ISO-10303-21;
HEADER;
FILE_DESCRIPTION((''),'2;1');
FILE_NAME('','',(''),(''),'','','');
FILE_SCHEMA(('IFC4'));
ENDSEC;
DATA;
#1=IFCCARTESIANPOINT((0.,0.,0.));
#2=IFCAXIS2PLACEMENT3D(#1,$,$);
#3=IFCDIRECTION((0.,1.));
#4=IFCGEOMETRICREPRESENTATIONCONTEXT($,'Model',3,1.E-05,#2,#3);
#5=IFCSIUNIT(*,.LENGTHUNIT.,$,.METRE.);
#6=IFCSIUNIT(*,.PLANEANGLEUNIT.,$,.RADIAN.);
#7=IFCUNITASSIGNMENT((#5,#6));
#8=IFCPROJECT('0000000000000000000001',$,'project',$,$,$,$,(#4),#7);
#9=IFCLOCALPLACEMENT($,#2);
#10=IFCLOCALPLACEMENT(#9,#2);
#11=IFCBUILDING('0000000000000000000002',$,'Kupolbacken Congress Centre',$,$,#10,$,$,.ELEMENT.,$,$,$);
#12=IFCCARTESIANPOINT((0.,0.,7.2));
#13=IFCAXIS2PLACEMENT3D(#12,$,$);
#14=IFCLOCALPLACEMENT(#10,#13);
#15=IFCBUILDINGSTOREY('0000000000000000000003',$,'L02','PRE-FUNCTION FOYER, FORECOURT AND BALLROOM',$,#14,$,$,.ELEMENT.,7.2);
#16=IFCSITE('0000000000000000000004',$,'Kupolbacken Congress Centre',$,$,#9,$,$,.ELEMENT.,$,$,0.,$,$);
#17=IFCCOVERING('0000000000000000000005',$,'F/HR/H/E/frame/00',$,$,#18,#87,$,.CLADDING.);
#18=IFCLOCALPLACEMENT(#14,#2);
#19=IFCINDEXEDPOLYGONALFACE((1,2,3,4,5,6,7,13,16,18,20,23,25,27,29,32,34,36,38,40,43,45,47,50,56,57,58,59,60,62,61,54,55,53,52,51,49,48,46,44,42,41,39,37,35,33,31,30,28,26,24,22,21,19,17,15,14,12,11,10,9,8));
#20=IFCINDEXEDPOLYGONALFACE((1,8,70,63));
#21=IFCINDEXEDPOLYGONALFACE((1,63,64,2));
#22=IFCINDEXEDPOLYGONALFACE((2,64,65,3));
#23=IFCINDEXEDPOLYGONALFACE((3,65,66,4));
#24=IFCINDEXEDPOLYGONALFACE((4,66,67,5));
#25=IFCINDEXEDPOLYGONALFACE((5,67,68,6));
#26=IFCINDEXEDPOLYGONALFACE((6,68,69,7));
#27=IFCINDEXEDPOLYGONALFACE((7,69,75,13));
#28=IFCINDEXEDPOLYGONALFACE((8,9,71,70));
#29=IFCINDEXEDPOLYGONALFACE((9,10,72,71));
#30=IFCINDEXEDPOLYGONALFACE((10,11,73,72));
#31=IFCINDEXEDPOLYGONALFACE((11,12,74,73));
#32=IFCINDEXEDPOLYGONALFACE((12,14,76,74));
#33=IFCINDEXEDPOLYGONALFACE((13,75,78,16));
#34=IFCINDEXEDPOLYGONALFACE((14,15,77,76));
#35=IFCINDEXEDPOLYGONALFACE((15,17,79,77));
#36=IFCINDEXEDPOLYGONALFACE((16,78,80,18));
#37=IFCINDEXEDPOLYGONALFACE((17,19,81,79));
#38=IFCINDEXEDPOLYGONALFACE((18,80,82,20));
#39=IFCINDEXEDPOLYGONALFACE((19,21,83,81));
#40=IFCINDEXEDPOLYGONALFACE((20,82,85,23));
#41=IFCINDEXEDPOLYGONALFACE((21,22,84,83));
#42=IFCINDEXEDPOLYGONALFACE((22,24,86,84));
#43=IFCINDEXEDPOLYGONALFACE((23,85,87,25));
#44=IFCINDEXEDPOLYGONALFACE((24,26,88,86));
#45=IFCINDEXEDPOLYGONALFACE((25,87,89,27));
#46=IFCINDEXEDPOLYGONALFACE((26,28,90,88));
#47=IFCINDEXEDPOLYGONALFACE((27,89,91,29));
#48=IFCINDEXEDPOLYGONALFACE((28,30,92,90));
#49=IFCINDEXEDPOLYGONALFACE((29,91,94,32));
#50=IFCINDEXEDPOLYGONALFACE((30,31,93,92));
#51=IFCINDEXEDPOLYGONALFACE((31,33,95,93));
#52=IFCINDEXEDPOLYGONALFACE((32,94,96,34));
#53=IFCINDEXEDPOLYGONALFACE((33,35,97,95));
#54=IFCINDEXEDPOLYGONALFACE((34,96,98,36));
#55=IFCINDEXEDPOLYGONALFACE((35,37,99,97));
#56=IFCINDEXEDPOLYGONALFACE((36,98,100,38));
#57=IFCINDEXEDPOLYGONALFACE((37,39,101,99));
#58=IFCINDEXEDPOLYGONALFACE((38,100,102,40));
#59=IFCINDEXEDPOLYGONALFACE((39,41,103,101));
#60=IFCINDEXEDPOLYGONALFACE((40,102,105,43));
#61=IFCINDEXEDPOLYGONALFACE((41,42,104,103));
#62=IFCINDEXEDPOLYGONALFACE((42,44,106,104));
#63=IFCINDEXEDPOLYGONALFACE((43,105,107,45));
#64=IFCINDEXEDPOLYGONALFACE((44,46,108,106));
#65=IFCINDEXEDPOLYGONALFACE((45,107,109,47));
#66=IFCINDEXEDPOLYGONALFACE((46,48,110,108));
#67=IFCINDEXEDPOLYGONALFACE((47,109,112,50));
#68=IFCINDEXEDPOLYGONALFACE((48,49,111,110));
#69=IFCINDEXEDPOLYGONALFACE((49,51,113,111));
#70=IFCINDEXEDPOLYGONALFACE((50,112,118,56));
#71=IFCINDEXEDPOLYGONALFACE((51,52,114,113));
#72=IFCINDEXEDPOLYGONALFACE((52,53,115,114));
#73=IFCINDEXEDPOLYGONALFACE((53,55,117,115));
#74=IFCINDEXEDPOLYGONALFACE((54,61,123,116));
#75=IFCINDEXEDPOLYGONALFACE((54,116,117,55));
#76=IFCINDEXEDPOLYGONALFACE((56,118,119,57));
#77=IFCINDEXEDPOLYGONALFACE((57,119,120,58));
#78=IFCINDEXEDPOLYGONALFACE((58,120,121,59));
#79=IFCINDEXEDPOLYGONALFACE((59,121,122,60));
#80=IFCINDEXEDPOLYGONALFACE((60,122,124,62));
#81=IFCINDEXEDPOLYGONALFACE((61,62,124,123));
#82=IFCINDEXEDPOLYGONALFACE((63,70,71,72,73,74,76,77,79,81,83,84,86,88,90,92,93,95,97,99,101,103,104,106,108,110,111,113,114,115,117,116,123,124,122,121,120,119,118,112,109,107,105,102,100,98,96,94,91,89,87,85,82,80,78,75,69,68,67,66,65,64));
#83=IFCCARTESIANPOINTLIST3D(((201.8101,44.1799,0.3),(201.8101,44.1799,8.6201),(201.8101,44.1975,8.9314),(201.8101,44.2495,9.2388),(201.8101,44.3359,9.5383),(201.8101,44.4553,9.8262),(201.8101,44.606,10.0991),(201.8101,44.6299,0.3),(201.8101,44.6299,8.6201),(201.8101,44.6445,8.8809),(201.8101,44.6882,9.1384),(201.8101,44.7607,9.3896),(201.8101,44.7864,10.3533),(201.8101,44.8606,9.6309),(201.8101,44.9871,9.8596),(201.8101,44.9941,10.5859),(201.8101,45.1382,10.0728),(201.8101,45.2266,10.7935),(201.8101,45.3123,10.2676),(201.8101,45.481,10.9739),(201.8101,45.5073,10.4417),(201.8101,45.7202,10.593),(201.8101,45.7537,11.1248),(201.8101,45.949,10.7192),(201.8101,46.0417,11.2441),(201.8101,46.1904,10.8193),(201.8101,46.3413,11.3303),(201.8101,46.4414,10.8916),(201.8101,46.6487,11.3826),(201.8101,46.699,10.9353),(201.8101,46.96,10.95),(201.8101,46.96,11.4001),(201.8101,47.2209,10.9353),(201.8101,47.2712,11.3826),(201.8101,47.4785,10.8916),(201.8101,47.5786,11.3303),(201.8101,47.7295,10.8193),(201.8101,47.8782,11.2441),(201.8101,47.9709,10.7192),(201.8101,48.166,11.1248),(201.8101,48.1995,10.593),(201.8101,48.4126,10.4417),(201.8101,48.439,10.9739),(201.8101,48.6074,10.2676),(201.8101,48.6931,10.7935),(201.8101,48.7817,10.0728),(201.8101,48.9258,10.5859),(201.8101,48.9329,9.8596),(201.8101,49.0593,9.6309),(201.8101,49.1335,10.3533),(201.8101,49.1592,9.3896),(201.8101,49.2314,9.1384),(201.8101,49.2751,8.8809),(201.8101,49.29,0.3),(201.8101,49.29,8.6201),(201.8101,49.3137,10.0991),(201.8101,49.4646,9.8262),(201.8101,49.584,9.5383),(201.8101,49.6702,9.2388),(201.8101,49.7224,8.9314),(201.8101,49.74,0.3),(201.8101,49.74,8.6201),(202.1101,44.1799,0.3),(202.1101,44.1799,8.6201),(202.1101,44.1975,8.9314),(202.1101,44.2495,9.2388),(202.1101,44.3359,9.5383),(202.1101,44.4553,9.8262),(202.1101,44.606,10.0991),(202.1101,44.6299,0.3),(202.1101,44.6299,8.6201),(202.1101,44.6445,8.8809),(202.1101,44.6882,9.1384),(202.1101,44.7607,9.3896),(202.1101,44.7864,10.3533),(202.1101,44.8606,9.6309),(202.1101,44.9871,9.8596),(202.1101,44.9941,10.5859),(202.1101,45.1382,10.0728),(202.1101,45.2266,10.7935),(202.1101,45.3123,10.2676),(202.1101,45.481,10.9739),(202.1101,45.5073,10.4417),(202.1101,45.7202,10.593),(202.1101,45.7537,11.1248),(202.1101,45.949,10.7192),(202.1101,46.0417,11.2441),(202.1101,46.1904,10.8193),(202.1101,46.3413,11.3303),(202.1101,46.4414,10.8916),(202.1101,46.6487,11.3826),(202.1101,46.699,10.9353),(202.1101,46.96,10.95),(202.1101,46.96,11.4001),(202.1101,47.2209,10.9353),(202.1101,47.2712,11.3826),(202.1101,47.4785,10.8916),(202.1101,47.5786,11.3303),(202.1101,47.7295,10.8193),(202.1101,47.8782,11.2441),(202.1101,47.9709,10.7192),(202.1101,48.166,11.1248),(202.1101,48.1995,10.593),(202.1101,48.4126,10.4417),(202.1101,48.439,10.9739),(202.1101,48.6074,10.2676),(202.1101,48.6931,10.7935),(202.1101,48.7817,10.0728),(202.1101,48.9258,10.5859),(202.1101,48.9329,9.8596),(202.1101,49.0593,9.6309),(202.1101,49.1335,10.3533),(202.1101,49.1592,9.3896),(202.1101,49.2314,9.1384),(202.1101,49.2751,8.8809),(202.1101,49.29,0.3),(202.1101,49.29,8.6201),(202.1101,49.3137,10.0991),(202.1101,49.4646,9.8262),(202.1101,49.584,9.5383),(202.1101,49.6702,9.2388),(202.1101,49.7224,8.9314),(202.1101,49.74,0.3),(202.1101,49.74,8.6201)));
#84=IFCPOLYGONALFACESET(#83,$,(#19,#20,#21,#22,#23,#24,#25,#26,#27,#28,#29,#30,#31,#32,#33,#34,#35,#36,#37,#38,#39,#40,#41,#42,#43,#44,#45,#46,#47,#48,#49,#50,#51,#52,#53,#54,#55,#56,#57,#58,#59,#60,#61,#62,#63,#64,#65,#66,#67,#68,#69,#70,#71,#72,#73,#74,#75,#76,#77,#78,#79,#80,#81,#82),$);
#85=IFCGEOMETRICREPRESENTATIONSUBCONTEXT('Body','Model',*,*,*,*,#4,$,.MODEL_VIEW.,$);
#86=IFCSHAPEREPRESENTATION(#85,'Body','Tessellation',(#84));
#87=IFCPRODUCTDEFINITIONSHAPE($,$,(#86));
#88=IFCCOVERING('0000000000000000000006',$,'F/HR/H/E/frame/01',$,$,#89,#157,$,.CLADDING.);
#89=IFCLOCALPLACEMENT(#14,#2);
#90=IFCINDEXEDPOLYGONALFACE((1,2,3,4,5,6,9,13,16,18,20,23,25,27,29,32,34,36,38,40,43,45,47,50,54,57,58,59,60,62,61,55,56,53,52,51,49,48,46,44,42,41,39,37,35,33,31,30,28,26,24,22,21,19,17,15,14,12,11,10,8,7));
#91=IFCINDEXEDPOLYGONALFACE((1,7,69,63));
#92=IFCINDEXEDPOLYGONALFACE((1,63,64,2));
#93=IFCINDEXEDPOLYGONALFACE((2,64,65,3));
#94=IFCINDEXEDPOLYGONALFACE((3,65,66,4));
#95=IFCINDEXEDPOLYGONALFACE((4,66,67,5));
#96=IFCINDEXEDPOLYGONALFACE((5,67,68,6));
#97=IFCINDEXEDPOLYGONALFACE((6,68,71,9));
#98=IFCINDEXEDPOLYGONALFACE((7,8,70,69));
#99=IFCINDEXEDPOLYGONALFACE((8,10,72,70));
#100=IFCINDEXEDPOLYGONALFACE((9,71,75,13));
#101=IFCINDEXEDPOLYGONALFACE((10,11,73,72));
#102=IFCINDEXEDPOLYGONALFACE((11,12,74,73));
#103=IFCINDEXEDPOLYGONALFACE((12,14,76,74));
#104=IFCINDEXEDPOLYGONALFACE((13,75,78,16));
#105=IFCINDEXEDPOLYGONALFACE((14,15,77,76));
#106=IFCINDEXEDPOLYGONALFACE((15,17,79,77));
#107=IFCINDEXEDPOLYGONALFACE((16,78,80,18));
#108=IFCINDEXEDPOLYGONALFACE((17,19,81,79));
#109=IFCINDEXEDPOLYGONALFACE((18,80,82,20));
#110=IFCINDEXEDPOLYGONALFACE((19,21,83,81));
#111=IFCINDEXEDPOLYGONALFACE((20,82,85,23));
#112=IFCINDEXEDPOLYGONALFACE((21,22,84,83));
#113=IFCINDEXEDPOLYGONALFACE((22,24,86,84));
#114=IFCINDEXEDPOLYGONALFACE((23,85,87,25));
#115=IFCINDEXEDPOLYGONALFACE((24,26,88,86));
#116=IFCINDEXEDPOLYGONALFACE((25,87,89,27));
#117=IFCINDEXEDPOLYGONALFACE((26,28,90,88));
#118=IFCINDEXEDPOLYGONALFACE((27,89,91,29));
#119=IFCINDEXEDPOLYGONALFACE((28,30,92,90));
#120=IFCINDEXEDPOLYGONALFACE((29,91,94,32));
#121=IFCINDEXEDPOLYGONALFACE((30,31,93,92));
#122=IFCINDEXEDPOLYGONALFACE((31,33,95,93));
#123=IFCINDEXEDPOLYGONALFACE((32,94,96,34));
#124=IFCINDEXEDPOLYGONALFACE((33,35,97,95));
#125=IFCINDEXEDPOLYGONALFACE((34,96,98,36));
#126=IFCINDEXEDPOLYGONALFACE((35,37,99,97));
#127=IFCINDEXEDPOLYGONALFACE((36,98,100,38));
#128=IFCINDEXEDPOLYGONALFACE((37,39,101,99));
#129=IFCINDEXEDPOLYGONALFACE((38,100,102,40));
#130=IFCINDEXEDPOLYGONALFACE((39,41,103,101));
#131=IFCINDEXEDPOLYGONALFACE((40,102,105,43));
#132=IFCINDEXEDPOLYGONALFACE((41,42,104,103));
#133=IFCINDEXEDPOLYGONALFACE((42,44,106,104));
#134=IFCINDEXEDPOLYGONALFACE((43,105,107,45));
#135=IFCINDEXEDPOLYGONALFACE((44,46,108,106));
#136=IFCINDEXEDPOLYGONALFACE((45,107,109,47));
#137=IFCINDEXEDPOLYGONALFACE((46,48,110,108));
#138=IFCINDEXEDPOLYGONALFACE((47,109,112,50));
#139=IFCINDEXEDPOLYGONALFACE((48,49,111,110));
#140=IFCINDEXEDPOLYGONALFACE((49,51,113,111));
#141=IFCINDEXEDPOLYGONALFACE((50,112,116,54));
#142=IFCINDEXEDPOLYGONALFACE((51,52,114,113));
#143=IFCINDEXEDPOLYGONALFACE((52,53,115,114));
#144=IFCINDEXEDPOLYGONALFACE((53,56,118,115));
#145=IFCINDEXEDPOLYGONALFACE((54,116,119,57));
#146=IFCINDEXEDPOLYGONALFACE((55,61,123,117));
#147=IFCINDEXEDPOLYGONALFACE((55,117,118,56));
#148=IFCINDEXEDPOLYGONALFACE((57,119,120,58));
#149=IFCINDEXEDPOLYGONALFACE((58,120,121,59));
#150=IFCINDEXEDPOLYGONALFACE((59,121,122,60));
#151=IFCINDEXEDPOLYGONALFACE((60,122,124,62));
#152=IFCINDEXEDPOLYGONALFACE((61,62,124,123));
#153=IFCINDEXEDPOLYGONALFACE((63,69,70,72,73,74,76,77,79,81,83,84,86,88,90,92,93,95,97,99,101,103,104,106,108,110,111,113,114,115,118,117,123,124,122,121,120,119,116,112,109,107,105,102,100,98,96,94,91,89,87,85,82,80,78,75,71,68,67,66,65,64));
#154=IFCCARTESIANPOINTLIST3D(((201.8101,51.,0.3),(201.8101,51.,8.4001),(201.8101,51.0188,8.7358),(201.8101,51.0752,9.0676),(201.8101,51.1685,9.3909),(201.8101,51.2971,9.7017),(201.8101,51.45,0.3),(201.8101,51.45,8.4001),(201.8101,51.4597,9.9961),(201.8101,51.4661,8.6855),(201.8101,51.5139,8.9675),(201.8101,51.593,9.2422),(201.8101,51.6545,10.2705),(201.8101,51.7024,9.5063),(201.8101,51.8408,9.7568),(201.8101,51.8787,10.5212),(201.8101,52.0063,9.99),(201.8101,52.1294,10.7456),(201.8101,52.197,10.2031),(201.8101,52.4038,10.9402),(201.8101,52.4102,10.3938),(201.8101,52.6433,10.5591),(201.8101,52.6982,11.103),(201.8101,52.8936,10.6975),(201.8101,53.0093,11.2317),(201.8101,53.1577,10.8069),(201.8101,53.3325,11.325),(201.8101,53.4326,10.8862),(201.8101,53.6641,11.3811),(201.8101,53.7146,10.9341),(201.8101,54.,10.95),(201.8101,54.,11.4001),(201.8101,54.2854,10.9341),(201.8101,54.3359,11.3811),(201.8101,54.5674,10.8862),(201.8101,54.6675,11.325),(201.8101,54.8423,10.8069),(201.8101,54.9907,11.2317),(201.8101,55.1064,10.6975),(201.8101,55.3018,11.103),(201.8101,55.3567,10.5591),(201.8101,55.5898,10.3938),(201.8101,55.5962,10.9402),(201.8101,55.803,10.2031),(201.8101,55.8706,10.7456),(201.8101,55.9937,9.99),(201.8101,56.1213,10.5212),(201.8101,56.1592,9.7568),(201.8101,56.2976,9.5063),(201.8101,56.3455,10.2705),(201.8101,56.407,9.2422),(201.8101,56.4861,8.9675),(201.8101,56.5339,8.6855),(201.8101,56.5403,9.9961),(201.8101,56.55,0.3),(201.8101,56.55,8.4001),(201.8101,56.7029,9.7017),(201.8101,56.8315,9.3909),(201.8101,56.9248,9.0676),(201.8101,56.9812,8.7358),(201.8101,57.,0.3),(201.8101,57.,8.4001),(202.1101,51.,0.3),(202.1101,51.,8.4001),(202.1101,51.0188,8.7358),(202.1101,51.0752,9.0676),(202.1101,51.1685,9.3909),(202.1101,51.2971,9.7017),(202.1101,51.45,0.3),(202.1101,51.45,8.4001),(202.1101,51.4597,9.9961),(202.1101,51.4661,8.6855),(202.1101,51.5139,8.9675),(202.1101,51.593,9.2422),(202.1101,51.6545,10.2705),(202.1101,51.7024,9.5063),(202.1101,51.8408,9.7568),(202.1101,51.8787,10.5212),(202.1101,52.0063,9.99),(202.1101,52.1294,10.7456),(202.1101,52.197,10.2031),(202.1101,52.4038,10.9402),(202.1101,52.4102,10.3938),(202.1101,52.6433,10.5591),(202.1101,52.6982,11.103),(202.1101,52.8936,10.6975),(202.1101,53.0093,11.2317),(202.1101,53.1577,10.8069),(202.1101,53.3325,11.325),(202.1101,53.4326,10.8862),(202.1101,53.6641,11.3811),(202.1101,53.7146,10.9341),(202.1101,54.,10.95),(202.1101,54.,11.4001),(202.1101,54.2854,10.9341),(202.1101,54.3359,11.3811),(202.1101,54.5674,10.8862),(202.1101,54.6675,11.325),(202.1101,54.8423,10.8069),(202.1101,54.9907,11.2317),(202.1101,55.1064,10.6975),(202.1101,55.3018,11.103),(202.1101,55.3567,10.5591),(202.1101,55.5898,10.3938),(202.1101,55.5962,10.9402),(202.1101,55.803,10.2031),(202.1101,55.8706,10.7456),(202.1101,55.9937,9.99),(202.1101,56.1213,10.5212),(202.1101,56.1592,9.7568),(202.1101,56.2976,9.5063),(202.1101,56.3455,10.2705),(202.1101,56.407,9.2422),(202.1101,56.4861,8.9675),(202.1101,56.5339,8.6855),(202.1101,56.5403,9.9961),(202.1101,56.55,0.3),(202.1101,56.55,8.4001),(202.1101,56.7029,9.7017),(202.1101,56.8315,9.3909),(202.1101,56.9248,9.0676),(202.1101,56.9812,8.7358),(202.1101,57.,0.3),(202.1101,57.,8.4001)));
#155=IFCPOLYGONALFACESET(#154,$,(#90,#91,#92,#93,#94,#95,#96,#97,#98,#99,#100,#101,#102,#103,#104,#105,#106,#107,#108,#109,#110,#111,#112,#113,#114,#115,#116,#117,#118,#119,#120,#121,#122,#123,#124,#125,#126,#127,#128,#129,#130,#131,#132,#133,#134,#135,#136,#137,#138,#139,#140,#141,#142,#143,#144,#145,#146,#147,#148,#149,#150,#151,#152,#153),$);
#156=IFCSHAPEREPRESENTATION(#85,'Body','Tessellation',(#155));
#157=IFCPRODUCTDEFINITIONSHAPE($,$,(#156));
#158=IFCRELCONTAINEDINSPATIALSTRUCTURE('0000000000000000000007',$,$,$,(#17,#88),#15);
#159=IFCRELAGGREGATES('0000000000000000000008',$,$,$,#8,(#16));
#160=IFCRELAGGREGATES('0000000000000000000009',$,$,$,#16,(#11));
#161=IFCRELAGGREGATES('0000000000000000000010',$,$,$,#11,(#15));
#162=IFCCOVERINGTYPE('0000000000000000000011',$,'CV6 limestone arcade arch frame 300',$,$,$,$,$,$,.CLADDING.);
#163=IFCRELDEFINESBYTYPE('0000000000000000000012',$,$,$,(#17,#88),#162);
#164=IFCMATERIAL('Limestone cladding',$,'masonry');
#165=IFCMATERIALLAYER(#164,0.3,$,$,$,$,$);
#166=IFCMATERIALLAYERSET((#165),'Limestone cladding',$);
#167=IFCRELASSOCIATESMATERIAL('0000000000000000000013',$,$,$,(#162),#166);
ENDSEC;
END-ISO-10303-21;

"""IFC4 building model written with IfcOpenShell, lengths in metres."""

from ifc_helpers import new_model, si_unit, direction, frame, origin, place, context, subcontext, project, spatial, polyline, outline, extrude, material, layer, layer_set, type_object, element, save


model = new_model("IFC4")

# Units and contexts
model_context = context("Model", 3, precision=1e-05, world=origin(), true_north=direction((0.0, 1.0)))
body_context = subcontext(model_context, "Body", "Model", "MODEL_VIEW")
ifc_project = project(units=[si_unit("LENGTHUNIT", "METRE"), si_unit("PLANEANGLEUNIT", "RADIAN")], contexts=[model_context])

# Site, building, storey
site_placement = place(None, origin())
site = spatial("IfcSite", under=ifc_project, at=site_placement, Name="Kupolbacken Congress Centre", CompositionType="ELEMENT", RefElevation=0.0)
building_placement = place(site_placement, origin())
building = spatial("IfcBuilding", under=site, at=building_placement, Name="Kupolbacken Congress Centre", CompositionType="ELEMENT")
storey_placement = place(building_placement, frame((0.0, 0.0, 7.2)))
storey = spatial("IfcBuildingStorey", under=building, at=storey_placement, Name="L02", Description="PRE-FUNCTION FOYER, FORECOURT AND BALLROOM", CompositionType="ELEMENT", Elevation=7.2)

# Coverings
ifc_material_1 = material(Name="Limestone cladding", Category="masonry")
ifc_layer_1 = layer(ifc_material_1, 0.3)
ifc_layer_set_1 = layer_set([ifc_layer_1], Name="Limestone cladding")
covering_type_1 = type_object("IfcCoveringType", Name="CV6 limestone arcade arch frame 300", PredefinedType="CLADDING", material=ifc_layer_set_1)
covering_1_placement = place(storey_placement, frame((201.8101, 44.1799, 0.3), z_axis=(1.0, 0.0, 0.0), x_axis=(0.0, 1.0, 0.0)))
element("IfcCovering", 1, at=covering_1_placement, inside=storey, type_object=covering_type_1, Name="F/HR/H/E/frame/00", PredefinedType="CLADDING", context=body_context, shape_type="SweptSolid", body=[
    extrude(outline(polyline([(0.0, 0.0), (0.0, 8.3201), (0.0176, 8.6313), (0.0696, 8.9387), (0.156, 9.2383), (0.2754, 9.5261), (0.426, 9.7991), (0.6064, 10.0532), (0.8142, 10.2859), (1.0466, 10.4934), (1.301, 10.6738), (1.5737, 10.8247), (1.8618, 10.9441), (2.1614, 11.0303), (2.4688, 11.0825), (2.78, 11.1001), (3.0913, 11.0825), (3.3987, 11.0303), (3.6982, 10.9441), (3.9861, 10.8247), (4.259, 10.6738), (4.5132, 10.4934), (4.7458, 10.2859), (4.9536, 10.0532), (5.1338, 9.7991), (5.2847, 9.5261), (5.4041, 9.2383), (5.4902, 8.9387), (5.5425, 8.6313), (5.5601, 8.3201), (5.5601, 0.0), (5.1101, 0.0), (5.1101, 8.3201), (5.0952, 8.5808), (5.0515, 8.8384), (4.9792, 9.0896), (4.8794, 9.3308), (4.7529, 9.5596), (4.6018, 9.7727), (4.4275, 9.9675), (4.2327, 10.1416), (4.0195, 10.293), (3.791, 10.4192), (3.5496, 10.5193), (3.2986, 10.5916), (3.041, 10.6353), (2.78, 10.6499), (2.519, 10.6353), (2.2615, 10.5916), (2.0105, 10.5193), (1.769, 10.4192), (1.5403, 10.293), (1.3274, 10.1416), (1.1323, 9.9675), (0.9583, 9.7727), (0.8071, 9.5596), (0.6807, 9.3308), (0.5808, 9.0896), (0.5083, 8.8384), (0.4646, 8.5808), (0.45, 8.3201), (0.45, 0.0), (0.0, 0.0)])), origin(), (0.0, 0.0, 1.0), 0.3),
])
covering_2_placement = place(storey_placement, frame((201.8101, 51.0, 0.3), z_axis=(1.0, 0.0, 0.0), x_axis=(0.0, 1.0, 0.0)))
element("IfcCovering", 2, at=covering_2_placement, inside=storey, type_object=covering_type_1, Name="F/HR/H/E/frame/01", PredefinedType="CLADDING", context=body_context, shape_type="SweptSolid", body=[
    extrude(outline(polyline([(0.0, 0.0), (0.0, 8.1001), (0.0188, 8.4358), (0.0752, 8.7676), (0.1685, 9.0908), (0.2971, 9.4016), (0.4597, 9.696), (0.6545, 9.9705), (0.8787, 10.2212), (1.1294, 10.4456), (1.4038, 10.6401), (1.6982, 10.803), (2.0093, 10.9316), (2.3325, 11.0249), (2.6641, 11.0811), (3.0, 11.1001), (3.3359, 11.0811), (3.6675, 11.0249), (3.9907, 10.9316), (4.3018, 10.803), (4.5962, 10.6401), (4.8706, 10.4456), (5.1213, 10.2212), (5.3455, 9.9705), (5.5403, 9.696), (5.7029, 9.4016), (5.8315, 9.0908), (5.9248, 8.7676), (5.9812, 8.4358), (6.0, 8.1001), (6.0, 0.0), (5.55, 0.0), (5.55, 8.1001), (5.5339, 8.3855), (5.4861, 8.6675), (5.407, 8.9421), (5.2976, 9.2063), (5.1592, 9.4568), (4.9937, 9.6899), (4.803, 9.9031), (4.5898, 10.0938), (4.3567, 10.259), (4.1064, 10.3975), (3.8423, 10.5068), (3.5674, 10.5862), (3.2854, 10.634), (3.0, 10.6499), (2.7146, 10.634), (2.4326, 10.5862), (2.1577, 10.5068), (1.8936, 10.3975), (1.6433, 10.259), (1.4102, 10.0938), (1.197, 9.9031), (1.0063, 9.6899), (0.8408, 9.4568), (0.7024, 9.2063), (0.593, 8.9421), (0.5139, 8.6675), (0.4661, 8.3855), (0.45, 8.1001), (0.45, 0.0), (0.0, 0.0)])), origin(), (0.0, 0.0, 1.0), 0.3),
])

save(model, "model.ifc")
